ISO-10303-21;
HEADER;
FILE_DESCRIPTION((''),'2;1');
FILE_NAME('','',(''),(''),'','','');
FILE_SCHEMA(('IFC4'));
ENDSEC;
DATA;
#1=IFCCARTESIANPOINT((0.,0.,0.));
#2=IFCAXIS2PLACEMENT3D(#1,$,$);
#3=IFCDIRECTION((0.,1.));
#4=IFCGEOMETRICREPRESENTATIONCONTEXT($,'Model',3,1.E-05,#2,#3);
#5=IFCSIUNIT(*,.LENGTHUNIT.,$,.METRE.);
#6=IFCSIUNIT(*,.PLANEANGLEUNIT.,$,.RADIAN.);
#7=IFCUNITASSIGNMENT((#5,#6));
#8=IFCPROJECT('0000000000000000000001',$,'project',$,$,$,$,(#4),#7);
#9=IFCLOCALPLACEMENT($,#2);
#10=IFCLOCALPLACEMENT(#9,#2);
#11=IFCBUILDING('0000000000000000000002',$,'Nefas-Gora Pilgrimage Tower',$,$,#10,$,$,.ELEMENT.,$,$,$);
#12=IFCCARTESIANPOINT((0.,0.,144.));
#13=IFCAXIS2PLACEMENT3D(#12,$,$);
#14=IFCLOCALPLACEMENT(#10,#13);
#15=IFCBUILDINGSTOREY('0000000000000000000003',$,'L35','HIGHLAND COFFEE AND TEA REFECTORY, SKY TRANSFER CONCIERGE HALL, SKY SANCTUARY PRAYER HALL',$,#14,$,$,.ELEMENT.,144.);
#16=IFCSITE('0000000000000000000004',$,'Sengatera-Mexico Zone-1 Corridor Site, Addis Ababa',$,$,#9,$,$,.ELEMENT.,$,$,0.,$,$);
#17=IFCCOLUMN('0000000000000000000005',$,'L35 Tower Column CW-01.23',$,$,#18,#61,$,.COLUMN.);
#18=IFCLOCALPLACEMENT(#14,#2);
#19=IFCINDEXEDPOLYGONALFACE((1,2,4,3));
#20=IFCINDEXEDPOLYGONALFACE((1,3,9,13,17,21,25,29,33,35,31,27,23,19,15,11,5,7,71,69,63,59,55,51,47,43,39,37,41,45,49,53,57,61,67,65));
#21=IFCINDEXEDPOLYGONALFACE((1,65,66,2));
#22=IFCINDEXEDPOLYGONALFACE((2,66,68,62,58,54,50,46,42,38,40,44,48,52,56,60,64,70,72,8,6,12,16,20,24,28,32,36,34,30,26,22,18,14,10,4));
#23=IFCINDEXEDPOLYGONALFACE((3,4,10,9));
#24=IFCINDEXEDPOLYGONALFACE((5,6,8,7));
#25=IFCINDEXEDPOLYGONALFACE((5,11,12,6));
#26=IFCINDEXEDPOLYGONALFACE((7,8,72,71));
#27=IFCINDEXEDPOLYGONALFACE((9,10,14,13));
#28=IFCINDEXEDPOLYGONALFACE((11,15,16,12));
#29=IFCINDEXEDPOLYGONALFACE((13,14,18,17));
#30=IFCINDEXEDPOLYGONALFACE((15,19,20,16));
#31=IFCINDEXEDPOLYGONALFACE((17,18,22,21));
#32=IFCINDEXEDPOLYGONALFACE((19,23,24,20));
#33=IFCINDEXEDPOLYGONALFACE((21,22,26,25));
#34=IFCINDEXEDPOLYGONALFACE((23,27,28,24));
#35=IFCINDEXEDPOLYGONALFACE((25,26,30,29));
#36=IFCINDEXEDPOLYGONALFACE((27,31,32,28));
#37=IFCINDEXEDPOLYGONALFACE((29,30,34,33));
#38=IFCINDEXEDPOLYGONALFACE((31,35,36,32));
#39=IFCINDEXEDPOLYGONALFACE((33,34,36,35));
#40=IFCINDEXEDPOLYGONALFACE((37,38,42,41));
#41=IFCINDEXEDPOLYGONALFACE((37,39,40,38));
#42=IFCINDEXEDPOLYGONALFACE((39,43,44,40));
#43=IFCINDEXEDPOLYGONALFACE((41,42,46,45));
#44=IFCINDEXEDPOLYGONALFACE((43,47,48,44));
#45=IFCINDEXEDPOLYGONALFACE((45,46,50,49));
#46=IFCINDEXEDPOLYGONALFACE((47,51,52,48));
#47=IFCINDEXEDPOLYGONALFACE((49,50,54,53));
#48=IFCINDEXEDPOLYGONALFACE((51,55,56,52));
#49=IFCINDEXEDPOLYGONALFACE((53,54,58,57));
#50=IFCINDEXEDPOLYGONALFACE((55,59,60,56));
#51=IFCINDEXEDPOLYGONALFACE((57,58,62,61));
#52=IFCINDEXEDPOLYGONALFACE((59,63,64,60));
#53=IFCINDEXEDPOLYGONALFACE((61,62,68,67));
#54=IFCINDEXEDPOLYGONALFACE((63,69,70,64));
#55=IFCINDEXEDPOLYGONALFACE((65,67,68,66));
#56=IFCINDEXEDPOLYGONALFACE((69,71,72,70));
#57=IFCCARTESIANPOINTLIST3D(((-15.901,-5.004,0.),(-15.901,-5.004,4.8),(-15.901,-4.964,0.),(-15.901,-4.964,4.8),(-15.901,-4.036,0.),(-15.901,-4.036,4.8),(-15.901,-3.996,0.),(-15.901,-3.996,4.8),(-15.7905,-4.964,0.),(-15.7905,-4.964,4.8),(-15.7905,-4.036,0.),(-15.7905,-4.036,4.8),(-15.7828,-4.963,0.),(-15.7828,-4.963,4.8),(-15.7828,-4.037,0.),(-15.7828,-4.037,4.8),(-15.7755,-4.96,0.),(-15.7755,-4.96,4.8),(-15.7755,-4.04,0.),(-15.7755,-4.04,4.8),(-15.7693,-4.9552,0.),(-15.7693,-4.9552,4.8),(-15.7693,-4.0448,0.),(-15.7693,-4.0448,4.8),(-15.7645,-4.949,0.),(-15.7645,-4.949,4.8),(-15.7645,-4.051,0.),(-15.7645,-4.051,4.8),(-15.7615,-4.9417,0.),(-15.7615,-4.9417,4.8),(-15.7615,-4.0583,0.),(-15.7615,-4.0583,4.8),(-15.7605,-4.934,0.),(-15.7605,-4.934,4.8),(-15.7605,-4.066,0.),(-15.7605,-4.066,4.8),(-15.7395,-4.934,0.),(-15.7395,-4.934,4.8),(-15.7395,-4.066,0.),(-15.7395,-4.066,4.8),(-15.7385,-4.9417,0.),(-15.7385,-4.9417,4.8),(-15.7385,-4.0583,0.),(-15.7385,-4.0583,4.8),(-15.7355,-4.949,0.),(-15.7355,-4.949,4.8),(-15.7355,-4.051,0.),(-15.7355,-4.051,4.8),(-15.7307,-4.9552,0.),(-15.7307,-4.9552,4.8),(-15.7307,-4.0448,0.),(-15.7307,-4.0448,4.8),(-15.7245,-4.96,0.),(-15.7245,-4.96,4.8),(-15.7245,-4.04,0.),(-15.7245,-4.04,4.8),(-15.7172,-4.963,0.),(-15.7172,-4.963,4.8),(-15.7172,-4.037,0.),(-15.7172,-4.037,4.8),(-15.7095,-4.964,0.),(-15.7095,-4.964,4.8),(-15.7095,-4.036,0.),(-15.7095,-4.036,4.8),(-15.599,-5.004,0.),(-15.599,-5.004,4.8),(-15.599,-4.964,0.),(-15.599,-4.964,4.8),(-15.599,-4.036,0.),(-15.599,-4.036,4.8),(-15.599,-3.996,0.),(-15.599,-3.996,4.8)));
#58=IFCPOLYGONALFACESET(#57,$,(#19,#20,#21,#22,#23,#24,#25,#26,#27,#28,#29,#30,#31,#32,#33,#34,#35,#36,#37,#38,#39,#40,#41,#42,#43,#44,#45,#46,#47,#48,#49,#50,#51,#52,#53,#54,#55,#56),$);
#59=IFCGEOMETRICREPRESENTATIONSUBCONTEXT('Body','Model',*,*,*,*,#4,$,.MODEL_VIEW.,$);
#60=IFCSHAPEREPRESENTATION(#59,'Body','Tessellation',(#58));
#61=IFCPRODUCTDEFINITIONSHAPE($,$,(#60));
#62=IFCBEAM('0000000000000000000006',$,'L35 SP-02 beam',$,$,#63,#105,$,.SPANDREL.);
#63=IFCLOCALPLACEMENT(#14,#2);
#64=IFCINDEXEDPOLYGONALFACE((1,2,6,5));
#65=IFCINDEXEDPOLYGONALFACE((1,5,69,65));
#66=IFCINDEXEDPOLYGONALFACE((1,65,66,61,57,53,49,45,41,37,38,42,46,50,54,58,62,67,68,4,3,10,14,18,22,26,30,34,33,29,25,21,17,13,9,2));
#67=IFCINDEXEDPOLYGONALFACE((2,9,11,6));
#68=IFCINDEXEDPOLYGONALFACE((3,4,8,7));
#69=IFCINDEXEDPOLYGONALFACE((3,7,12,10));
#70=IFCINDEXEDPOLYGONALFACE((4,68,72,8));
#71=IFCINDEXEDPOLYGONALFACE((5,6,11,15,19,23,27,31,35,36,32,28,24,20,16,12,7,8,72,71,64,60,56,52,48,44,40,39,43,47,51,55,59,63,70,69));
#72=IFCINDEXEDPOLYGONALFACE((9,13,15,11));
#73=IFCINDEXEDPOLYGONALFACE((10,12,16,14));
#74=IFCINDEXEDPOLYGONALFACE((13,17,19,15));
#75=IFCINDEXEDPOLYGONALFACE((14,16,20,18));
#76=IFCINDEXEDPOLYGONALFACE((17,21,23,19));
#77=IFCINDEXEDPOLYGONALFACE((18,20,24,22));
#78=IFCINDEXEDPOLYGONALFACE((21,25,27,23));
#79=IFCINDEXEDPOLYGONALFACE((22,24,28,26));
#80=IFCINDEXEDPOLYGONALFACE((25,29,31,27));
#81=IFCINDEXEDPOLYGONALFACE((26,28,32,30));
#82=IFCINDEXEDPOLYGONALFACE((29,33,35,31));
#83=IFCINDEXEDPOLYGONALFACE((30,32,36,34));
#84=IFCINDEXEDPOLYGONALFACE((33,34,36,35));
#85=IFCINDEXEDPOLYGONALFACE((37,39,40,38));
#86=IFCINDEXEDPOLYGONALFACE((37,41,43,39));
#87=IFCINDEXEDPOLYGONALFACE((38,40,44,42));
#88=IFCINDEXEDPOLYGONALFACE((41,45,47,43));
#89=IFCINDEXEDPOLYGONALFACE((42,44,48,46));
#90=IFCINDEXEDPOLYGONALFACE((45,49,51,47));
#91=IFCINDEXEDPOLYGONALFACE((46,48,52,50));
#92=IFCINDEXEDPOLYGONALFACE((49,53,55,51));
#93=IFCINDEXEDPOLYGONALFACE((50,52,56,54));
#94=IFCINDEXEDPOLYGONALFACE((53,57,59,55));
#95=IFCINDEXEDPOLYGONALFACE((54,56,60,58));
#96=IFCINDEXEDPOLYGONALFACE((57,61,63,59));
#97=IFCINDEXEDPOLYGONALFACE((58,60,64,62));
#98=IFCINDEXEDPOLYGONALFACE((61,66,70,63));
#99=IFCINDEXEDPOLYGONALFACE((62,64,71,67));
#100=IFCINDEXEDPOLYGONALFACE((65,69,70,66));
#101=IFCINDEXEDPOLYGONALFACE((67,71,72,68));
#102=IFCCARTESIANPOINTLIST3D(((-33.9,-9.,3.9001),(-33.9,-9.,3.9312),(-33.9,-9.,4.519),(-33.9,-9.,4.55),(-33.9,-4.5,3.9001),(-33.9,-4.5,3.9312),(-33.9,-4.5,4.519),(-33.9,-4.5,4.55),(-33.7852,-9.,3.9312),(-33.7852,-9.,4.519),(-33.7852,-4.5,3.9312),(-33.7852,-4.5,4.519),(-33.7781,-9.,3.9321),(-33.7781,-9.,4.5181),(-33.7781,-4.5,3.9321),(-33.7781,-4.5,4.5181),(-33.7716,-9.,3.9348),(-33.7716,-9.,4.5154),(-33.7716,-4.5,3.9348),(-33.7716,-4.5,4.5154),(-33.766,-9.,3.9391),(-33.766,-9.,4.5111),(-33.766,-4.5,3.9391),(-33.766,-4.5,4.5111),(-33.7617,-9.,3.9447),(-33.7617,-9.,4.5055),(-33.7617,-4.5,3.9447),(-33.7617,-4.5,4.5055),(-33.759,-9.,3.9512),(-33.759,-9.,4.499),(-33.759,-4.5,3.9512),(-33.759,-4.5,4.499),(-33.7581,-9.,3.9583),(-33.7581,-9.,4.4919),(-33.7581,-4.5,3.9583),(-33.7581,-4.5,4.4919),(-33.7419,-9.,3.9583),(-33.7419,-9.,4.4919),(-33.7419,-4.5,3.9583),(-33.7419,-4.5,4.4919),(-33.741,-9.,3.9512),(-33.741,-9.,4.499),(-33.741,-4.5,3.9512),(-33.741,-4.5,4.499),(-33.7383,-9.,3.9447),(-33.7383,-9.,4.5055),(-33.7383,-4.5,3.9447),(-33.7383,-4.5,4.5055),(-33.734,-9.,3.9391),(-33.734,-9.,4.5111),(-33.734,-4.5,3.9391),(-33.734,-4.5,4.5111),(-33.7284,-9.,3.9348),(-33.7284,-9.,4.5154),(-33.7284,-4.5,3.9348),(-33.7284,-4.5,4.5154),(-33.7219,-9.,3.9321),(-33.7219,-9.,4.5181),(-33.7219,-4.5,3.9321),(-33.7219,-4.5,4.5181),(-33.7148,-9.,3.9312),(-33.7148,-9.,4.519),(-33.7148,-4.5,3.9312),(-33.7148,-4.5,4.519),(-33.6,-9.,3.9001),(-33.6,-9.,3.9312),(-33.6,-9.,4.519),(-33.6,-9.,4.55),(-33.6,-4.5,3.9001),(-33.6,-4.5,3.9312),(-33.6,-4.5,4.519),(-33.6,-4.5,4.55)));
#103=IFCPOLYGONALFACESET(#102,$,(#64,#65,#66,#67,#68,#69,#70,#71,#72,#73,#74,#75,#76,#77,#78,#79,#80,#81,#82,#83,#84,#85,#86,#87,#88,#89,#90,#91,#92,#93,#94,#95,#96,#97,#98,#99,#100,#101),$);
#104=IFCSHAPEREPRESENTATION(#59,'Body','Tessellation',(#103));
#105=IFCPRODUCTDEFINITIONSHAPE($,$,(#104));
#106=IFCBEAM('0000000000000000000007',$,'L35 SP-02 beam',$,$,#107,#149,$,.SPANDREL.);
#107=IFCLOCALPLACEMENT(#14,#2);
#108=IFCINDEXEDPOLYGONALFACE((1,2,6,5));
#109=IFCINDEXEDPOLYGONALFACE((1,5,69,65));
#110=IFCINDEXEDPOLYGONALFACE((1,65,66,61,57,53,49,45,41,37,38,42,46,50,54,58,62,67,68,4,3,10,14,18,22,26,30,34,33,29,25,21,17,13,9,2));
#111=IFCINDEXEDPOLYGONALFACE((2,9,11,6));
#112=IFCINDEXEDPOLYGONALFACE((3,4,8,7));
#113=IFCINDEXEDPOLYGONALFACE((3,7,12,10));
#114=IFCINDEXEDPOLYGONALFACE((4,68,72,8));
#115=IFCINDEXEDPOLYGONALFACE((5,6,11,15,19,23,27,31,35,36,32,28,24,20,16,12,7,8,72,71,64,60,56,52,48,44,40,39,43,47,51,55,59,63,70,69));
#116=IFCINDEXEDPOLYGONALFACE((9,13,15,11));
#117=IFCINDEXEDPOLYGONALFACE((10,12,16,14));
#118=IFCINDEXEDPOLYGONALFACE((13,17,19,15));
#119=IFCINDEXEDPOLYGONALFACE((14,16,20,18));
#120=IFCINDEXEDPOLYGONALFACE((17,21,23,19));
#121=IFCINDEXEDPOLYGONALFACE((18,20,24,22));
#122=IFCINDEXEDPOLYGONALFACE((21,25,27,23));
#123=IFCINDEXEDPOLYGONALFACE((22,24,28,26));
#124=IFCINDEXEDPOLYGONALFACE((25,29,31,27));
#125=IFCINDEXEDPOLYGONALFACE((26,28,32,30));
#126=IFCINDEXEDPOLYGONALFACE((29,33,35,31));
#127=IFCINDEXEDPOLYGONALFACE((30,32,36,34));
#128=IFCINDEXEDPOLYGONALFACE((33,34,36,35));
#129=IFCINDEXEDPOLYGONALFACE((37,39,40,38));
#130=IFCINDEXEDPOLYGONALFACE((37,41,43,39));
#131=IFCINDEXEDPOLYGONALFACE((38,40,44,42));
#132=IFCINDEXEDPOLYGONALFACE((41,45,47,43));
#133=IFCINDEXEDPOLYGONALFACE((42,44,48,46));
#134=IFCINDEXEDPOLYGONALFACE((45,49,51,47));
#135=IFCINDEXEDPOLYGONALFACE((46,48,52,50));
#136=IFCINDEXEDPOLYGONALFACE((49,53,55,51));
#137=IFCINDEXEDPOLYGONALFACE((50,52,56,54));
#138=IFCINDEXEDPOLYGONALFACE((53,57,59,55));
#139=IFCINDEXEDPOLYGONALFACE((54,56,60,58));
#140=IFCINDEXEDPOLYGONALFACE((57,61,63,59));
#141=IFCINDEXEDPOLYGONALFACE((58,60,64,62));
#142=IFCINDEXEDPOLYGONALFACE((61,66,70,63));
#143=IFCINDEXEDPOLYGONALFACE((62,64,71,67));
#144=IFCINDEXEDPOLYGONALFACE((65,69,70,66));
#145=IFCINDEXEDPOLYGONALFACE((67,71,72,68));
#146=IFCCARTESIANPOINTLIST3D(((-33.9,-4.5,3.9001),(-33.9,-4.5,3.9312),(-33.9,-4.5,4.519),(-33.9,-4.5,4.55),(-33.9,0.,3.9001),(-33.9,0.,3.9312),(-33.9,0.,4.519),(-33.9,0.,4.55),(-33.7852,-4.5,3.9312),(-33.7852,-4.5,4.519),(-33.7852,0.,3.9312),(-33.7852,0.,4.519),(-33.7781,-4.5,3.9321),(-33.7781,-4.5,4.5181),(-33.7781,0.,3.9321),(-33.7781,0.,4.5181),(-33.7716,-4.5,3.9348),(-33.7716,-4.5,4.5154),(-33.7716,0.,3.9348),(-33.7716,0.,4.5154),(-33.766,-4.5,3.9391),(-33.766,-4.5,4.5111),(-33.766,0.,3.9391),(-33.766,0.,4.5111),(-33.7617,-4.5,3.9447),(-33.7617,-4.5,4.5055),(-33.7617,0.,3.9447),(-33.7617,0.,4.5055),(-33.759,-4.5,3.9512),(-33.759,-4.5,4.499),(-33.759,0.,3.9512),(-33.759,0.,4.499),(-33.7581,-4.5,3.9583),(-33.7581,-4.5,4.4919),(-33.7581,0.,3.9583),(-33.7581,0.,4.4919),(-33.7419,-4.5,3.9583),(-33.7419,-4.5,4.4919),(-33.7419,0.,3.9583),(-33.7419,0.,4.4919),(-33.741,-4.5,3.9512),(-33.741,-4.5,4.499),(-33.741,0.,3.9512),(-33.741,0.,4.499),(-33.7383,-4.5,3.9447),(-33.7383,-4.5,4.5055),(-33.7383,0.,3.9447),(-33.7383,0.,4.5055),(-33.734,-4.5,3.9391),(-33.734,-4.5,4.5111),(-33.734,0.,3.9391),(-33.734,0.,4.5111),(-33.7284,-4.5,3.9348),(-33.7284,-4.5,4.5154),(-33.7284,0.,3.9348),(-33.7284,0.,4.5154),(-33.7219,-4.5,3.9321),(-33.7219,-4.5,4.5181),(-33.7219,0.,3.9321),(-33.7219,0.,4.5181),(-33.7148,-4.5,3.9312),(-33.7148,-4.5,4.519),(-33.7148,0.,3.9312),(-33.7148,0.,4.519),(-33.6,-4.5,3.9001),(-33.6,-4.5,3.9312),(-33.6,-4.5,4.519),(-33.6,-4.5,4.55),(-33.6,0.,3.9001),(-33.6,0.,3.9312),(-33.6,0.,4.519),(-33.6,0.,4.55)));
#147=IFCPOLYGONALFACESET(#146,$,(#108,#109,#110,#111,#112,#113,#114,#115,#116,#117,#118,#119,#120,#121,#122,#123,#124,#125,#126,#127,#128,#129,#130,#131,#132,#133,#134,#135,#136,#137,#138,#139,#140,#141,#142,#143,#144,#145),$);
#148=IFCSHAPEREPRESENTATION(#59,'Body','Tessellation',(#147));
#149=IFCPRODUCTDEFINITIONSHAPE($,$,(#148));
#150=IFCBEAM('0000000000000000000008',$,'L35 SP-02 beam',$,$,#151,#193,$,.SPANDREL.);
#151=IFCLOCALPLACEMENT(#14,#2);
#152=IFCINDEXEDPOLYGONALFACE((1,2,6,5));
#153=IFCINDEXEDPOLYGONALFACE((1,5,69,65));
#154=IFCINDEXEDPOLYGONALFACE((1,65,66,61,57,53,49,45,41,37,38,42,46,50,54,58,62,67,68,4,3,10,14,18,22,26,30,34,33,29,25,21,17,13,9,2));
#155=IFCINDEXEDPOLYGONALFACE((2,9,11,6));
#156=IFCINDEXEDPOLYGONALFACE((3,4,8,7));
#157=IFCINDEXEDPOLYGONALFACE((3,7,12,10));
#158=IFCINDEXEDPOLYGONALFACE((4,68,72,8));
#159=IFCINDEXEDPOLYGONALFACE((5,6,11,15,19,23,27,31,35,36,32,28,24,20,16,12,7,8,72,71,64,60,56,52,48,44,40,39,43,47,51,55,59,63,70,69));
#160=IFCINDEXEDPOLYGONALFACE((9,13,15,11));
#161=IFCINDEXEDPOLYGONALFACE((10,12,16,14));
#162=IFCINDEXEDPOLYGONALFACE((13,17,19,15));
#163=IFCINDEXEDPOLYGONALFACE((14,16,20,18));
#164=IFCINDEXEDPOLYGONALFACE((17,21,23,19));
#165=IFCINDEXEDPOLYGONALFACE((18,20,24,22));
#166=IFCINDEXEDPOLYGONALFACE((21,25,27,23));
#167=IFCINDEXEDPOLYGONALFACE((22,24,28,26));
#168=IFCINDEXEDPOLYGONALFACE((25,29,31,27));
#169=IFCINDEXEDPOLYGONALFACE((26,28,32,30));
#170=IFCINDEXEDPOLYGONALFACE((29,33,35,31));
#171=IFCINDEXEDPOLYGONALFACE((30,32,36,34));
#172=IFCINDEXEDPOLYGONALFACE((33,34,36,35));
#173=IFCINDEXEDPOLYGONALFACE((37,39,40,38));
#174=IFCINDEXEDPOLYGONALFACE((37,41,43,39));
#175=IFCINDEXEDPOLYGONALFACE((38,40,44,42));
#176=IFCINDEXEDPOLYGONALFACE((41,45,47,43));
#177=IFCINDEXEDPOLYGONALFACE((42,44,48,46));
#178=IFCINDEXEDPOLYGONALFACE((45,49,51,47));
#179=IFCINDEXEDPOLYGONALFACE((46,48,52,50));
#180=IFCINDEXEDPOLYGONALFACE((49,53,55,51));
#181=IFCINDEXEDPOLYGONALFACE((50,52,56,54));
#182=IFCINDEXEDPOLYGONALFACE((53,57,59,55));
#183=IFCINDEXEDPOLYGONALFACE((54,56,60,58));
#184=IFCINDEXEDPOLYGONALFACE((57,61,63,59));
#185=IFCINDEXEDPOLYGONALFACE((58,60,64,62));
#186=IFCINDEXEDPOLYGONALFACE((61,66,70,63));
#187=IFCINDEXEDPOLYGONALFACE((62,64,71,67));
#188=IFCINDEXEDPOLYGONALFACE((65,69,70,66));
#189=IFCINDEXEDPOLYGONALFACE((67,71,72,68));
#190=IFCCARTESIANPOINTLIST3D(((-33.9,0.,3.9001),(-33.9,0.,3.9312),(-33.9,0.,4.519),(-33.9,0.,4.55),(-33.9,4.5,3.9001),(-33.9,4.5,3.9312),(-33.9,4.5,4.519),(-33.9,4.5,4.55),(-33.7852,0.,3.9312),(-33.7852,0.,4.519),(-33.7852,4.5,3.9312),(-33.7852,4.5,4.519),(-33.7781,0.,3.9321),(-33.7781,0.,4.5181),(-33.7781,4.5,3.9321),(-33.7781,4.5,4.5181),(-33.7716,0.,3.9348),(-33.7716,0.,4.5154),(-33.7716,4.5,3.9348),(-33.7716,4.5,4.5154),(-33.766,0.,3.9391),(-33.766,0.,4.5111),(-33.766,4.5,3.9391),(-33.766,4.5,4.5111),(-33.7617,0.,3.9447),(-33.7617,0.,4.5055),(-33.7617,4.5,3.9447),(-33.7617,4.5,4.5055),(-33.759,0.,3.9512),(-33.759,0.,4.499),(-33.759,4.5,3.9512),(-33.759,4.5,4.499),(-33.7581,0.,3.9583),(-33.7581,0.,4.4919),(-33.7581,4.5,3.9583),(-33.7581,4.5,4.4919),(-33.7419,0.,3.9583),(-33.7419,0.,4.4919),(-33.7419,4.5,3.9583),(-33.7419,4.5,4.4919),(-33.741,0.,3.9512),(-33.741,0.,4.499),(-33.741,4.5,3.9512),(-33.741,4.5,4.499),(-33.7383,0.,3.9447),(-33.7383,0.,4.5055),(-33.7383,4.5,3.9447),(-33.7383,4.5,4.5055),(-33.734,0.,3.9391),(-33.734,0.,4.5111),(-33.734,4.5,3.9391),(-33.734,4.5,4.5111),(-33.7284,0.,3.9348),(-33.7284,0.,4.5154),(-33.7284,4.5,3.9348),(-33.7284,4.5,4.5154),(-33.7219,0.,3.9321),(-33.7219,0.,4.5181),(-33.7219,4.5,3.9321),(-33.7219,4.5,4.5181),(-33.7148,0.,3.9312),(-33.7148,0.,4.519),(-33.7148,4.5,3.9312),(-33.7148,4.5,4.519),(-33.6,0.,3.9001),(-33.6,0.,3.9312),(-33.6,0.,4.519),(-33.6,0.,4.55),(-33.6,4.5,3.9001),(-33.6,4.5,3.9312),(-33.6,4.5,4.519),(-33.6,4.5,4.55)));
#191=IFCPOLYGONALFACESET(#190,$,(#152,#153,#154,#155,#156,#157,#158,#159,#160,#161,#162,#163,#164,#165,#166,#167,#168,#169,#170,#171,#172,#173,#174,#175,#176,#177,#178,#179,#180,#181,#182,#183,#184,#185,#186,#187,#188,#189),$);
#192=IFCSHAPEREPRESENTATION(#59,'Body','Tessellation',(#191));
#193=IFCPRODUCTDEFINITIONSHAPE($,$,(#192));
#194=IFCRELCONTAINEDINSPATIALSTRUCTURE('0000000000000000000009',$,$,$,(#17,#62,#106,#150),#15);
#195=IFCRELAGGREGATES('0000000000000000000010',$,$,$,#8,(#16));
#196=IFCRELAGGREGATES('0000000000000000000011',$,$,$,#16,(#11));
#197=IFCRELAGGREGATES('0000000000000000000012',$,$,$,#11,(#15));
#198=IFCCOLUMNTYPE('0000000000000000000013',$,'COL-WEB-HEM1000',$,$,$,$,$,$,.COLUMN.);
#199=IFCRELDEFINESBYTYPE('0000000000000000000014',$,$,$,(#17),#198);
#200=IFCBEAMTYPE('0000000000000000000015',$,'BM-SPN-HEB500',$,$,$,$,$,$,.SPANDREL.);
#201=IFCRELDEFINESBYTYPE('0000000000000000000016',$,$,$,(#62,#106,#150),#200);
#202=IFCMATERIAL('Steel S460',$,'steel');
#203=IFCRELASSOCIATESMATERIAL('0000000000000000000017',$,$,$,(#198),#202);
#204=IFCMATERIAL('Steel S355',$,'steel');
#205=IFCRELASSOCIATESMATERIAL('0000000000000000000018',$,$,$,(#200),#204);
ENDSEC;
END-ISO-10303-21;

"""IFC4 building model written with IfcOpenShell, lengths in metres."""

from ifc_helpers import new_model, si_unit, direction, frame, origin, origin_2d, place, context, subcontext, project, spatial, i_section, extrude, source, transform, mapped, material, material_profile, profile_set, type_object, element, save


model = new_model("IFC4")

# Units and contexts
model_context = context("Model", 3, precision=1e-05, world=origin(), true_north=direction((0.0, 1.0)))
body_context = subcontext(model_context, "Body", "Model", "MODEL_VIEW")
ifc_project = project(units=[si_unit("LENGTHUNIT", "METRE"), si_unit("PLANEANGLEUNIT", "RADIAN")], contexts=[model_context])

# Site, building, storey
site_placement = place(None, origin())
site = spatial("IfcSite", under=ifc_project, at=site_placement, Name="Sengatera-Mexico Zone-1 Corridor Site, Addis Ababa", CompositionType="ELEMENT", RefElevation=0.0)
building_placement = place(site_placement, origin())
building = spatial("IfcBuilding", under=site, at=building_placement, Name="Nefas-Gora Pilgrimage Tower", CompositionType="ELEMENT")
storey_placement = place(building_placement, frame((0.0, 0.0, 144.0)))
storey = spatial("IfcBuildingStorey", under=building, at=storey_placement, Name="L35", Description="HIGHLAND COFFEE AND TEA REFECTORY, SKY TRANSFER CONCIERGE HALL, SKY SANCTUARY PRAYER HALL", CompositionType="ELEMENT", Elevation=144.0)

# Column
ifc_material_1 = material(Name="Steel S460", Category="steel")
ifc_material_profile_1 = material_profile(ifc_material_1, i_section(OverallWidth=0.302, OverallDepth=1.0081, WebThickness=0.021, FlangeThickness=0.04, FilletRadius=0.03, at=origin_2d()), Name="HEM 1000")
ifc_profile_set_1 = profile_set([ifc_material_profile_1], Name="Steel S460")
column_type_1 = type_object("IfcColumnType", Name="COL-WEB-HEM1000", PredefinedType="COLUMN", material=ifc_profile_set_1)
shared_shape_1 = source(origin(), body_context, "Body", "SweptSolid", [
    extrude(i_section(OverallWidth=0.302, OverallDepth=1.0081, WebThickness=0.021, FlangeThickness=0.04, FilletRadius=0.03, at=origin_2d()), origin(), (0.0, 0.0, 1.0), 4.8),
])
for number, where, z_axis, x_axis, name in (
    (1, (-15.75, -4.5, 0.0), (0.0, 0.0, 1.0), (1.0, 0.0, 0.0), "L35 Tower Column CW-01.23"),
):
    element("IfcColumn", number, at=place(storey_placement, frame(where, z_axis=z_axis, x_axis=x_axis)), inside=storey, type_object=column_type_1, Name=name, PredefinedType="COLUMN", context=body_context, shape_type="MappedRepresentation", body=[
        mapped(shared_shape_1, transform((0.0, 0.0, 0.0), x_axis=(1.0, 0.0, 0.0), y_axis=(0.0, 1.0, 0.0), z_axis=(0.0, 0.0, 1.0), scale=1.0)),
    ])

# Beams
ifc_material_2 = material(Name="Steel S355", Category="steel")
ifc_material_profile_2 = material_profile(ifc_material_2, i_section(OverallWidth=0.3, OverallDepth=0.6499, WebThickness=0.0161, FlangeThickness=0.031, FilletRadius=0.0271, at=origin_2d()), Name="HEB 650")
ifc_profile_set_2 = profile_set([ifc_material_profile_2], Name="Steel S355")
beam_type_1 = type_object("IfcBeamType", Name="BM-SPN-HEB500", PredefinedType="SPANDREL", material=ifc_profile_set_2)
shared_shape_2 = source(origin(), body_context, "Body", "SweptSolid", [
    extrude(i_section(OverallWidth=0.3, OverallDepth=0.6499, WebThickness=0.0161, FlangeThickness=0.031, FilletRadius=0.0271, at=origin_2d()), origin(), (0.0, 0.0, 1.0), 4.5),
])
for number, where, z_axis, x_axis, name in (
    (2, (-33.75, -9.0, 4.2251), (0.0, 1.0, 0.0), (-1.0, 0.0, 0.0), "L35 SP-02 beam"),
    (3, (-33.75, -4.5, 4.2251), (0.0, 1.0, 0.0), (-1.0, 0.0, 0.0), "L35 SP-02 beam"),
    (4, (-33.75, 0.0, 4.2251), (0.0, 1.0, 0.0), (-1.0, 0.0, 0.0), "L35 SP-02 beam"),
):
    element("IfcBeam", number, at=place(storey_placement, frame(where, z_axis=z_axis, x_axis=x_axis)), inside=storey, type_object=beam_type_1, Name=name, PredefinedType="SPANDREL", context=body_context, shape_type="MappedRepresentation", body=[
        mapped(shared_shape_2, transform((0.0, 0.0, 0.0), x_axis=(1.0, 0.0, 0.0), y_axis=(0.0, 1.0, 0.0), z_axis=(0.0, 0.0, 1.0), scale=1.0)),
    ])

save(model, "model.ifc")
